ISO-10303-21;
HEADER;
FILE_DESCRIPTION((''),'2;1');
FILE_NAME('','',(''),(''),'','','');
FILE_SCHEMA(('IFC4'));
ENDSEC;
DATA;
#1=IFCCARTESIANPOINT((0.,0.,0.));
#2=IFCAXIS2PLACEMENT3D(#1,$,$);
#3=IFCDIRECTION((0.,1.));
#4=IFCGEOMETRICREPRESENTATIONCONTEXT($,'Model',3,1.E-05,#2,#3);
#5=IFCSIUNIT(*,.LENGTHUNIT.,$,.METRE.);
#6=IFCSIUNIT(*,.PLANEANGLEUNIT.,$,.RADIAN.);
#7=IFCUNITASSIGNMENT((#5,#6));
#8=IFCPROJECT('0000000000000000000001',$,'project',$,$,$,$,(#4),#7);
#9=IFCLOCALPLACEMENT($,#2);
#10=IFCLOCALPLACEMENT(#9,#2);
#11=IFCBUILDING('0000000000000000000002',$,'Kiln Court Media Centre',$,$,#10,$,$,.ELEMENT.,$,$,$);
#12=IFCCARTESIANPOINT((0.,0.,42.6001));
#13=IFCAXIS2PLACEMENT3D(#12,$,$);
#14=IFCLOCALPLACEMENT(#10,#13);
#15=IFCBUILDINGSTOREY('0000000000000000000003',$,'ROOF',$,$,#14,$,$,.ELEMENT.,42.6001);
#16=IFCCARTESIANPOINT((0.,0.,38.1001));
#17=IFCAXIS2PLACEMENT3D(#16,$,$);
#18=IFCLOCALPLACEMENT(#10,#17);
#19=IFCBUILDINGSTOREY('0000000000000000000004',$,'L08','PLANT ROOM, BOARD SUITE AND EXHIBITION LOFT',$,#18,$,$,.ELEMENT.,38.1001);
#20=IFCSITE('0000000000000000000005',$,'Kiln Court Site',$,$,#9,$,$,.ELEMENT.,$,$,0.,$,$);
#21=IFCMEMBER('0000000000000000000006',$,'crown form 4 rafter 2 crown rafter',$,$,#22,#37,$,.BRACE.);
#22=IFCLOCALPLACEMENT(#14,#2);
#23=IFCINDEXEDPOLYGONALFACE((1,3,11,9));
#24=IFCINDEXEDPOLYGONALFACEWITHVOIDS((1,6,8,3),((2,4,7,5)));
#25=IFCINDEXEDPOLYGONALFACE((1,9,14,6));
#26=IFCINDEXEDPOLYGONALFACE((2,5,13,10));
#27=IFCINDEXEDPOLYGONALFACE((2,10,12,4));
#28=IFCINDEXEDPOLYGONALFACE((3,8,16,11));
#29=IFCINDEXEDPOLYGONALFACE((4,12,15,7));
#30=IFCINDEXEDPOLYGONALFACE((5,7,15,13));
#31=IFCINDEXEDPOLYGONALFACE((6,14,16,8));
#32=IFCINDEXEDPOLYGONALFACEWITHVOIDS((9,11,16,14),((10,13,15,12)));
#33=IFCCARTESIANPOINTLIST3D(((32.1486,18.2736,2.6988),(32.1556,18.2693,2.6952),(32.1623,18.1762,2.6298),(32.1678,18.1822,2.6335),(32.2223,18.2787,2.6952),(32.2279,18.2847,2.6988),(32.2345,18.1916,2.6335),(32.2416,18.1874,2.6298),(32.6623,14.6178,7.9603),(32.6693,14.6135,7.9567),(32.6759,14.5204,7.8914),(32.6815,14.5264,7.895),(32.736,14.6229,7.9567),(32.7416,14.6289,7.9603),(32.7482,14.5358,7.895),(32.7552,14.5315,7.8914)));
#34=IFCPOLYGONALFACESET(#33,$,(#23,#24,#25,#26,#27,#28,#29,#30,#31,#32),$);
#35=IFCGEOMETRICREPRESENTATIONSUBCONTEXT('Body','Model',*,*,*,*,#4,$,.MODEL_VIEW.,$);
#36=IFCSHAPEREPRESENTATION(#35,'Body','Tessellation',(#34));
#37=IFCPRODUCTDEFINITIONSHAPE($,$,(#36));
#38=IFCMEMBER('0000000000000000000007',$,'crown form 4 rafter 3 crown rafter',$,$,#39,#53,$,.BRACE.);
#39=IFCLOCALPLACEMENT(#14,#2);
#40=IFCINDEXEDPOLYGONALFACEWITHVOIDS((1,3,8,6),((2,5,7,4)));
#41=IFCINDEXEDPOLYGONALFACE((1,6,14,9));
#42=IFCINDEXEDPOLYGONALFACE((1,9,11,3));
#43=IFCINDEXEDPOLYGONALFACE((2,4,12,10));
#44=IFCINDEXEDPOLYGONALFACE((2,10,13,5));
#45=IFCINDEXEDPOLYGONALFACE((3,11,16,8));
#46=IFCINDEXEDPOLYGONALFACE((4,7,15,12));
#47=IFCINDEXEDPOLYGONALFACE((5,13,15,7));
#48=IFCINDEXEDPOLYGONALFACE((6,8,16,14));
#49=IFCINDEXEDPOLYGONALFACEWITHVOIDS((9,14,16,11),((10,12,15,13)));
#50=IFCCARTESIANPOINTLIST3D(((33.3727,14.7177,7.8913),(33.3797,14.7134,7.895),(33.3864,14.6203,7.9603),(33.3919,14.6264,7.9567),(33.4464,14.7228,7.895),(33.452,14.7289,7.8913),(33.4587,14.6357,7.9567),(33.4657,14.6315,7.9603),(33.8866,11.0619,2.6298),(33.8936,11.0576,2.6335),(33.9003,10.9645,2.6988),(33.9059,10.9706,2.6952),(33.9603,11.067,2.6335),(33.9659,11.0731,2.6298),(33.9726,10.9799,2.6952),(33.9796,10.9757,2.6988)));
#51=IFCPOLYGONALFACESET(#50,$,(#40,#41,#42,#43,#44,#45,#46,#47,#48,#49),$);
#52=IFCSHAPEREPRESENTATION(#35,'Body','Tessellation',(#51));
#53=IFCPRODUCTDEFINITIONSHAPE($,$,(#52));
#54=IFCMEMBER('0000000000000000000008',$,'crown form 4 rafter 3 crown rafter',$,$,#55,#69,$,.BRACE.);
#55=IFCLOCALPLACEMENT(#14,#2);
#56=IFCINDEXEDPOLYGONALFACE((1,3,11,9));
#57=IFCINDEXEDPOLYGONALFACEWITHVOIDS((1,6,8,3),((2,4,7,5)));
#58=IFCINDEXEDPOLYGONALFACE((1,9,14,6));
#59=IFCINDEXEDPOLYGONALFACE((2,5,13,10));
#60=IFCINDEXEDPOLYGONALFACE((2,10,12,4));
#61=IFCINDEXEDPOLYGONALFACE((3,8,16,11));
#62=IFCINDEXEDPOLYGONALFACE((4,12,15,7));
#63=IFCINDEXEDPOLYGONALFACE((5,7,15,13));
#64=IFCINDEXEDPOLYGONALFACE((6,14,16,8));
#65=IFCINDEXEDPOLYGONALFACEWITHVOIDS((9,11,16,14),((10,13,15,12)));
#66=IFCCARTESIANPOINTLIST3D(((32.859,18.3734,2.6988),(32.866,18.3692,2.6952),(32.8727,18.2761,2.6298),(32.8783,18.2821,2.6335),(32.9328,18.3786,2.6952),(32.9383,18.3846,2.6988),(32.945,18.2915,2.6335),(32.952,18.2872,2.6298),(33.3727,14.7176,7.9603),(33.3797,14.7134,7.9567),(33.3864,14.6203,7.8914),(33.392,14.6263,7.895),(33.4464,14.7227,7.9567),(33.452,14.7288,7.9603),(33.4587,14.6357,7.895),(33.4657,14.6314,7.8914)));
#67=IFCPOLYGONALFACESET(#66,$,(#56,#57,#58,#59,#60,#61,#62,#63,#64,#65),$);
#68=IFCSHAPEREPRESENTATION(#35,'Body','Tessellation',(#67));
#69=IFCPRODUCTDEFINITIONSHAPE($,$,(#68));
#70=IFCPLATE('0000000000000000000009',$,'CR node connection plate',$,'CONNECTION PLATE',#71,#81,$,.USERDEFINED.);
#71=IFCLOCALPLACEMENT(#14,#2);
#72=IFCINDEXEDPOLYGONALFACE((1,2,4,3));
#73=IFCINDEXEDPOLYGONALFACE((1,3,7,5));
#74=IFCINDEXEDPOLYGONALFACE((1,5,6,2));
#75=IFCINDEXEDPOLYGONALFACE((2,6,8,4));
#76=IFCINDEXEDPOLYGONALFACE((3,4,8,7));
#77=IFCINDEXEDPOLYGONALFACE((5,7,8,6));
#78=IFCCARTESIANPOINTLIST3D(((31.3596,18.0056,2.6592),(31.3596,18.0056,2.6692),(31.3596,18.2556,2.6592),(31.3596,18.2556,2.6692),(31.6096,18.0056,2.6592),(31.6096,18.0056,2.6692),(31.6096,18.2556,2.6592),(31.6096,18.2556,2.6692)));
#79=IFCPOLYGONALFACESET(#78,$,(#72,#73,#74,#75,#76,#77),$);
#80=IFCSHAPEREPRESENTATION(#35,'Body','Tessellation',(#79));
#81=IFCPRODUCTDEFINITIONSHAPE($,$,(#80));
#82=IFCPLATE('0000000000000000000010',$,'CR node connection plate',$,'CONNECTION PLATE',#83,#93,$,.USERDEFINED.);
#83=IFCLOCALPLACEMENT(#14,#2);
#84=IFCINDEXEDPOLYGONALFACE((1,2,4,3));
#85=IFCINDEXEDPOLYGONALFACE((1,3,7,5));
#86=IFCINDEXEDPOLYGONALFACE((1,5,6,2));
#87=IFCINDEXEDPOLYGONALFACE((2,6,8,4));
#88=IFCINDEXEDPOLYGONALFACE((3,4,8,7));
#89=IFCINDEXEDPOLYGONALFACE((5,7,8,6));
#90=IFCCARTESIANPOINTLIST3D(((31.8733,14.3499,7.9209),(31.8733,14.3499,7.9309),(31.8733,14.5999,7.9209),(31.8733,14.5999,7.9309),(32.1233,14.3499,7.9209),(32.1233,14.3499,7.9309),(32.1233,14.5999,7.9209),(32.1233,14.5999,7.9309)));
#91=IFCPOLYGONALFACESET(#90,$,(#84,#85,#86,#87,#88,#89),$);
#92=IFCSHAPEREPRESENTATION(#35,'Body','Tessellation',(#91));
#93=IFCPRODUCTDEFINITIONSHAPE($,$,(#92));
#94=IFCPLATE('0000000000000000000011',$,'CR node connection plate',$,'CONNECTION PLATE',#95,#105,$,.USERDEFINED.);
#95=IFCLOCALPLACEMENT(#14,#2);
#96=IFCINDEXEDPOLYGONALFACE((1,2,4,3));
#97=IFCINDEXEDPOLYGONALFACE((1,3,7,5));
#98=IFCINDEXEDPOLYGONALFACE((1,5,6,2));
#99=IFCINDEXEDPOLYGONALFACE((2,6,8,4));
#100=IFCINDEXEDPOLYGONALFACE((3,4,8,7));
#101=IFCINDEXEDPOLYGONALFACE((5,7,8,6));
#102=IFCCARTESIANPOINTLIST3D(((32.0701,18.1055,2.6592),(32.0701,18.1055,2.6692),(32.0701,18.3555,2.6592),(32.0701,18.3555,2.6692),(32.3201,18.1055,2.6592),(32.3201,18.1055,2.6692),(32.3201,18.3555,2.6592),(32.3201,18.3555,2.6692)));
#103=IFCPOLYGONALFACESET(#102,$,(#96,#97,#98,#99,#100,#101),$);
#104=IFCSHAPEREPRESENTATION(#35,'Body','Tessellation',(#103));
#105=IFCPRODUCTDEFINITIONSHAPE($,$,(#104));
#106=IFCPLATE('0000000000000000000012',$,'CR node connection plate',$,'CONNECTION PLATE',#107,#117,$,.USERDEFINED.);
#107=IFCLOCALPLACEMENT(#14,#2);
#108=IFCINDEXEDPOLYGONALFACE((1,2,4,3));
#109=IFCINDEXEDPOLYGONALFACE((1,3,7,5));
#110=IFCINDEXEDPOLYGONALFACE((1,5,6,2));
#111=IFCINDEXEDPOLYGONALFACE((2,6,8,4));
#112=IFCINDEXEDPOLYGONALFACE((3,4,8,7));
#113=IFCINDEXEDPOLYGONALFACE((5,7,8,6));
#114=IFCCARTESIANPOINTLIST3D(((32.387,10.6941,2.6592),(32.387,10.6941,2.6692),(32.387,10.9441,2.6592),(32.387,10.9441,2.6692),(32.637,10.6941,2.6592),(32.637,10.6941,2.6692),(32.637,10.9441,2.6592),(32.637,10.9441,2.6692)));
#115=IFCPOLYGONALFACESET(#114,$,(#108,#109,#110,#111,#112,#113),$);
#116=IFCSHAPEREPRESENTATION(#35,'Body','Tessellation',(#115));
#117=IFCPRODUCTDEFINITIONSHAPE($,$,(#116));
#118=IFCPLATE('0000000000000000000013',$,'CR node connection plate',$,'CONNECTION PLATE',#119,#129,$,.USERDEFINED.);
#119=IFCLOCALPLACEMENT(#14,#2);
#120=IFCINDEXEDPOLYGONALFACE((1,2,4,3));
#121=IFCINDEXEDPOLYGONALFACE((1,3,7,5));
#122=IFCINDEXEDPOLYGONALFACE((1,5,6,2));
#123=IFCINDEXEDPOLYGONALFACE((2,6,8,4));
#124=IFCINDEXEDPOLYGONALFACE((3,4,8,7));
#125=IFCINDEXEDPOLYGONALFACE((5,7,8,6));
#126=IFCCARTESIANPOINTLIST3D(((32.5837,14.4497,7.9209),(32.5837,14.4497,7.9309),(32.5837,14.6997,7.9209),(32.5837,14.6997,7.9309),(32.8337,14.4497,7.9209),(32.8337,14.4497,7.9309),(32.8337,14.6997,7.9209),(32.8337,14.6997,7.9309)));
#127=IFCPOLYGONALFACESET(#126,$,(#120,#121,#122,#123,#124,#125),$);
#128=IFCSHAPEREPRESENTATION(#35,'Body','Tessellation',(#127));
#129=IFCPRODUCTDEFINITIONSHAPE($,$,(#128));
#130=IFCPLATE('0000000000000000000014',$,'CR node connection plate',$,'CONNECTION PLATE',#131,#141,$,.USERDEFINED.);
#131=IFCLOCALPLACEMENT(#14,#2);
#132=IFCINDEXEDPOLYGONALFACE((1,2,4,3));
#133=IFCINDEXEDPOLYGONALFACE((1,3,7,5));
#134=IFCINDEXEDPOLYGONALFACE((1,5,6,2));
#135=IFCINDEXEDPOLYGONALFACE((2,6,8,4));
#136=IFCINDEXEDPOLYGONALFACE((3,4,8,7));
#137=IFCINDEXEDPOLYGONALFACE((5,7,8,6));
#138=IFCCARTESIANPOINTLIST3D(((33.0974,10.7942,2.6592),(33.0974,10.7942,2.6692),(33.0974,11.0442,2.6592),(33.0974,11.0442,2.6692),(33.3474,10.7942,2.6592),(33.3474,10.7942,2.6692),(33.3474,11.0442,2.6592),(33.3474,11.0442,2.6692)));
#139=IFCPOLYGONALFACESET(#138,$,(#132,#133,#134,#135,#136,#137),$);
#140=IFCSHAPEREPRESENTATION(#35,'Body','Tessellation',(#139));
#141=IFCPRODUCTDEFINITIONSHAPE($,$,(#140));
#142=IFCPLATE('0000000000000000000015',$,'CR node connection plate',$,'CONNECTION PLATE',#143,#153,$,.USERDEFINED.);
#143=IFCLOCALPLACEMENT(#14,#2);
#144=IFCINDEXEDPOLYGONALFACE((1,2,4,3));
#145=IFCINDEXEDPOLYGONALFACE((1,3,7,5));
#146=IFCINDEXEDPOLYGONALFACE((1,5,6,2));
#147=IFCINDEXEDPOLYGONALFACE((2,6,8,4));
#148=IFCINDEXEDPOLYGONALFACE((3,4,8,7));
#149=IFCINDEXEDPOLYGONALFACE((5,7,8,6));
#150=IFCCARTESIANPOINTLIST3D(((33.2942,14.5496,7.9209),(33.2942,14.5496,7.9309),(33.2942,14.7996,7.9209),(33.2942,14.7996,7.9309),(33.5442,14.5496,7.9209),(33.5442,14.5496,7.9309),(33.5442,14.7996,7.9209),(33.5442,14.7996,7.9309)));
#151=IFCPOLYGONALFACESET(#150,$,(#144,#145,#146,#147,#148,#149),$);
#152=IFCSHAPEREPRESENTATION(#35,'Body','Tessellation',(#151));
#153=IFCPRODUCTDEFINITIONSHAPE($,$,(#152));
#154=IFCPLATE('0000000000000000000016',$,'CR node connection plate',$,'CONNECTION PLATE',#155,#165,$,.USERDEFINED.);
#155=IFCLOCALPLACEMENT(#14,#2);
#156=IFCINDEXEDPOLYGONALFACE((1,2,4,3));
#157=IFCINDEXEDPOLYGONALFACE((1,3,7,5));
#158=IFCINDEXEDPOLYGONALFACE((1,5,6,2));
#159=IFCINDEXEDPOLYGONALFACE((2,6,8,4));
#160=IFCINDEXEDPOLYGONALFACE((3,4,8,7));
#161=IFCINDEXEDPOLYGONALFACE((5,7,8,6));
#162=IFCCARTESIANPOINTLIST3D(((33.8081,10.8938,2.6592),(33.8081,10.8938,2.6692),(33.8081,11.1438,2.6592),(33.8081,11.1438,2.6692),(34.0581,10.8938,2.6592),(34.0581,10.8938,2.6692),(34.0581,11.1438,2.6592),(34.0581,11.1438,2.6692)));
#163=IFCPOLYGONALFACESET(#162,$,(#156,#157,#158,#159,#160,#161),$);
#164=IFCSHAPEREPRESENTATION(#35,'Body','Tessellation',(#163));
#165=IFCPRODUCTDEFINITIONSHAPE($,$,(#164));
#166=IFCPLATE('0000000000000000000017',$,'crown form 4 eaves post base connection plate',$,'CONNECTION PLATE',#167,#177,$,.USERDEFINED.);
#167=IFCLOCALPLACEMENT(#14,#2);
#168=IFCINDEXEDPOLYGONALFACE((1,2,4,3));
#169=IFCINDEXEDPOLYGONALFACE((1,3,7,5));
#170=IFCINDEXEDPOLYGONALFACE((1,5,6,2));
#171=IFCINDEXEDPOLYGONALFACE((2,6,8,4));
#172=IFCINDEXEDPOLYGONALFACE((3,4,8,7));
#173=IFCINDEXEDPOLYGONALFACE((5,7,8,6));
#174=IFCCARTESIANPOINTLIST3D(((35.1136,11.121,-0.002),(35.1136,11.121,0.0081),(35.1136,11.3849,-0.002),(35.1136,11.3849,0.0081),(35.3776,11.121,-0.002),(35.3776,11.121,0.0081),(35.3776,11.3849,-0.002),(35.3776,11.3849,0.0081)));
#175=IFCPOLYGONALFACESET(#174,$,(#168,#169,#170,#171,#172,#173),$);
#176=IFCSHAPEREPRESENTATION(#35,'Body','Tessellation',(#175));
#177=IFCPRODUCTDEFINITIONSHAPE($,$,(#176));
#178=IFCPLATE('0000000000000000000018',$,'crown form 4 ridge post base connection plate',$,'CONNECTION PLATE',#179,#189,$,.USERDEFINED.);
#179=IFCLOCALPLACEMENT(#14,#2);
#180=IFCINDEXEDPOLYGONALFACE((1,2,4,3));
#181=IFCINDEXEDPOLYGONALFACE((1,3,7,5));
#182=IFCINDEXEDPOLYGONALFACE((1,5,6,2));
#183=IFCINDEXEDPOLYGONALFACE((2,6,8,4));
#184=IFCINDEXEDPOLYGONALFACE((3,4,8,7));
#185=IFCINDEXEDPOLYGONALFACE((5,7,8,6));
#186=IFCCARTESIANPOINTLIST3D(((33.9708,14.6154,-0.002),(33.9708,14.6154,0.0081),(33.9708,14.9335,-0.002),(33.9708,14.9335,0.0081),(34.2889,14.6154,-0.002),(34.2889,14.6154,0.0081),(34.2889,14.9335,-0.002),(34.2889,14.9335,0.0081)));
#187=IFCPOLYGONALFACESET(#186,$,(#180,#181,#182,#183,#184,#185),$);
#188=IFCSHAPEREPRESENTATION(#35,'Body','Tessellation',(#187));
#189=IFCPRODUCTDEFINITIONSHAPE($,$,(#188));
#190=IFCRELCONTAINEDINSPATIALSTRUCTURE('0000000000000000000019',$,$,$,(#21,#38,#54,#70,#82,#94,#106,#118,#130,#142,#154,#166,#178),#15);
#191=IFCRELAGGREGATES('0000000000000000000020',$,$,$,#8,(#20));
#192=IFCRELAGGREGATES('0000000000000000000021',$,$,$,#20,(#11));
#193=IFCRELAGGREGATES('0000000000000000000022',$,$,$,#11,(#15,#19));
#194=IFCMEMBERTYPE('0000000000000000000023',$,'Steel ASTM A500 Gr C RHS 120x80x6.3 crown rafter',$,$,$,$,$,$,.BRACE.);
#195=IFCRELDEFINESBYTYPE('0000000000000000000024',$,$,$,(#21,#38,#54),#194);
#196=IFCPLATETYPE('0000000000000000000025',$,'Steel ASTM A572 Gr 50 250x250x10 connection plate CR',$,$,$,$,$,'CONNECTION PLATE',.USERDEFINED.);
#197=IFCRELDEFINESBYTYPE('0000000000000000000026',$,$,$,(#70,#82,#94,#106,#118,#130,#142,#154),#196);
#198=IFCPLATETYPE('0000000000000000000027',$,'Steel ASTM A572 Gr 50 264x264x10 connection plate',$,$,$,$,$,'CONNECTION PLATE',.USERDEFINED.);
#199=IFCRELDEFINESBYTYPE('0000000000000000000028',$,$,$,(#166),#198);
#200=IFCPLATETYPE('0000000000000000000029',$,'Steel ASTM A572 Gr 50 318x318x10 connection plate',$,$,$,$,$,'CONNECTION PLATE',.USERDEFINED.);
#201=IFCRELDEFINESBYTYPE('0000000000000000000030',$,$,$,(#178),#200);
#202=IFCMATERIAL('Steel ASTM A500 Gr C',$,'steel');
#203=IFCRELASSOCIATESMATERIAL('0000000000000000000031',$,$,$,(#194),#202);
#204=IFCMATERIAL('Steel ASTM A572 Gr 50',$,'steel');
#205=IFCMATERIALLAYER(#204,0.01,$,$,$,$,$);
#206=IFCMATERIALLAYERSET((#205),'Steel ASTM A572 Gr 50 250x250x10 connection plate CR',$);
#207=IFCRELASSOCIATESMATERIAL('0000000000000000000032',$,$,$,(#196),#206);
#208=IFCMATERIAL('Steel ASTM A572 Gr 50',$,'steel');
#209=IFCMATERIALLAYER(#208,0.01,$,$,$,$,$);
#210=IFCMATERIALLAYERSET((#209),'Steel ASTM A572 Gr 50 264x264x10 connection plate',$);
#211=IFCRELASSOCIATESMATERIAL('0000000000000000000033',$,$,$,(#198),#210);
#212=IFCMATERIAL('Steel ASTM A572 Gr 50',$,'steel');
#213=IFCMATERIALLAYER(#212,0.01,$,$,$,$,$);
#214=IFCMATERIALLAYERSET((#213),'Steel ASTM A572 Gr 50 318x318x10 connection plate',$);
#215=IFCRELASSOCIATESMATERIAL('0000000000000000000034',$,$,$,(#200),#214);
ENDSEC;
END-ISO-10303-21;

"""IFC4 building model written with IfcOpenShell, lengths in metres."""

from ifc_helpers import new_model, si_unit, direction, frame, origin, origin_2d, place, context, subcontext, project, spatial, rectangle, hollow_rectangle, extrude, material, layer, layer_set, material_profile, profile_set, type_object, element, save


model = new_model("IFC4")

# Units and contexts
model_context = context("Model", 3, precision=1e-05, world=origin(), true_north=direction((0.0, 1.0)))
body_context = subcontext(model_context, "Body", "Model", "MODEL_VIEW")
ifc_project = project(units=[si_unit("LENGTHUNIT", "METRE"), si_unit("PLANEANGLEUNIT", "RADIAN")], contexts=[model_context])

# Site, building, storey
site_placement = place(None, origin())
site = spatial("IfcSite", under=ifc_project, at=site_placement, Name="Kiln Court Site", CompositionType="ELEMENT", RefElevation=0.0)
building_placement = place(site_placement, origin())
building = spatial("IfcBuilding", under=site, at=building_placement, Name="Kiln Court Media Centre", CompositionType="ELEMENT")
storey_1_placement = place(building_placement, frame((0.0, 0.0, 42.6001)))
storey_1 = spatial("IfcBuildingStorey", under=building, at=storey_1_placement, Name="ROOF", CompositionType="ELEMENT", Elevation=42.6001)

# Members
ifc_material_1 = material(Name="Steel ASTM A500 Gr C", Category="steel")
ifc_material_profile_1 = material_profile(ifc_material_1, hollow_rectangle(XDim=0.0801, YDim=0.1201, WallThickness=0.0063, at=origin_2d()), Name="RHS 120x80x6.3")
ifc_profile_set_1 = profile_set([ifc_material_profile_1], Name="Steel ASTM A500 Gr C")
member_type = type_object("IfcMemberType", Name="Steel ASTM A500 Gr C RHS 120x80x6.3 crown rafter", PredefinedType="BRACE", material=ifc_profile_set_1)
for number, where, z_axis, x_axis, name in (
    (1, (32.1951, 18.2305, 2.6643), (0.079919, -0.568777, 0.8186), (0.990272, 0.139143, 0.0), "crown form 4 rafter 2 crown rafter"),
    (2, (33.9331, 11.0188, 2.6643), (-0.079957, 0.568775, 0.818597), (-0.990263, -0.139208, 0.0), "crown form 4 rafter 3 crown rafter"),
    (3, (32.9055, 18.3303, 2.6643), (0.079919, -0.568777, 0.8186), (0.990272, 0.139143, 0.0), "crown form 4 rafter 3 crown rafter"),
):
    element("IfcMember", number, at=place(storey_1_placement, frame(where, z_axis=z_axis, x_axis=x_axis)), inside=storey_1, type_object=member_type, Name=name, PredefinedType="BRACE", context=body_context, shape_type="SweptSolid", body=[
        extrude(hollow_rectangle(XDim=0.0801, YDim=0.1201, WallThickness=0.0063, at=origin_2d()), origin(), (0.0, 0.0, 1.0), 6.4275),
    ])

# Plates
ifc_material_2 = material(Name="Steel ASTM A572 Gr 50", Category="steel")
ifc_layer_1 = layer(ifc_material_2, 0.01)
ifc_layer_set_1 = layer_set([ifc_layer_1], Name="Steel ASTM A572 Gr 50 250x250x10 connection plate CR")
plate_type_1 = type_object("IfcPlateType", Name="Steel ASTM A572 Gr 50 250x250x10 connection plate CR", ElementType="CONNECTION PLATE", PredefinedType="USERDEFINED", material=ifc_layer_set_1)
for number, where, z_axis, x_axis, name in (
    (4, (31.4846, 18.1306, 2.6592), (0.0, 0.0, 1.0), (1.0, 0.0, 0.0), "CR node connection plate"),
    (5, (31.9983, 14.4749, 7.9209), (0.0, 0.0, 1.0), (1.0, 0.0, 0.0), "CR node connection plate"),
    (6, (32.1951, 18.2305, 2.6592), (0.0, 0.0, 1.0), (1.0, 0.0, 0.0), "CR node connection plate"),
    (7, (32.512, 10.8191, 2.6592), (0.0, 0.0, 1.0), (1.0, 0.0, 0.0), "CR node connection plate"),
    (8, (32.7087, 14.5747, 7.9209), (0.0, 0.0, 1.0), (1.0, 0.0, 0.0), "CR node connection plate"),
    (9, (33.2224, 10.9192, 2.6592), (0.0, 0.0, 1.0), (1.0, 0.0, 0.0), "CR node connection plate"),
    (10, (33.4192, 14.6746, 7.9209), (0.0, 0.0, 1.0), (1.0, 0.0, 0.0), "CR node connection plate"),
    (11, (33.9331, 11.0188, 2.6592), (0.0, 0.0, 1.0), (1.0, 0.0, 0.0), "CR node connection plate"),
):
    element("IfcPlate", number, at=place(storey_1_placement, frame(where, z_axis=z_axis, x_axis=x_axis)), inside=storey_1, type_object=plate_type_1, Name=name, ObjectType="CONNECTION PLATE", PredefinedType="USERDEFINED", context=body_context, shape_type="SweptSolid", body=[
        extrude(rectangle(XDim=0.25, YDim=0.25, at=origin_2d()), origin(), (0.0, 0.0, 1.0), 0.01),
    ])
ifc_material_3 = material(Name="Steel ASTM A572 Gr 50", Category="steel")
ifc_layer_2 = layer(ifc_material_3, 0.01)
ifc_layer_set_2 = layer_set([ifc_layer_2], Name="Steel ASTM A572 Gr 50 264x264x10 connection plate")
plate_type_2 = type_object("IfcPlateType", Name="Steel ASTM A572 Gr 50 264x264x10 connection plate", ElementType="CONNECTION PLATE", PredefinedType="USERDEFINED", material=ifc_layer_set_2)
plate_1_placement = place(storey_1_placement, frame((35.2456, 11.2529, -0.002), z_axis=(0.0, 0.0, 1.0), x_axis=(1.0, 0.0, 0.0)))
element("IfcPlate", 12, at=plate_1_placement, inside=storey_1, type_object=plate_type_2, Name="crown form 4 eaves post base connection plate", ObjectType="CONNECTION PLATE", PredefinedType="USERDEFINED", context=body_context, shape_type="SweptSolid", body=[
    extrude(rectangle(XDim=0.2639, YDim=0.2639, at=origin_2d()), origin(), (0.0, 0.0, 1.0), 0.01),
])
ifc_material_4 = material(Name="Steel ASTM A572 Gr 50", Category="steel")
ifc_layer_3 = layer(ifc_material_4, 0.01)
ifc_layer_set_3 = layer_set([ifc_layer_3], Name="Steel ASTM A572 Gr 50 318x318x10 connection plate")
plate_type_3 = type_object("IfcPlateType", Name="Steel ASTM A572 Gr 50 318x318x10 connection plate", ElementType="CONNECTION PLATE", PredefinedType="USERDEFINED", material=ifc_layer_set_3)
plate_2_placement = place(storey_1_placement, frame((34.1299, 14.7744, -0.002), z_axis=(0.0, 0.0, 1.0), x_axis=(1.0, 0.0, 0.0)))
element("IfcPlate", 13, at=plate_2_placement, inside=storey_1, type_object=plate_type_3, Name="crown form 4 ridge post base connection plate", ObjectType="CONNECTION PLATE", PredefinedType="USERDEFINED", context=body_context, shape_type="SweptSolid", body=[
    extrude(rectangle(XDim=0.3181, YDim=0.3181, at=origin_2d()), origin(), (0.0, 0.0, 1.0), 0.01),
])

# Shared definitions
storey_2_placement = place(building_placement, frame((0.0, 0.0, 38.1001)))
storey_2 = spatial("IfcBuildingStorey", under=building, at=storey_2_placement, Name="L08", Description="PLANT ROOM, BOARD SUITE AND EXHIBITION LOFT", CompositionType="ELEMENT", Elevation=38.1001)

save(model, "model.ifc")
